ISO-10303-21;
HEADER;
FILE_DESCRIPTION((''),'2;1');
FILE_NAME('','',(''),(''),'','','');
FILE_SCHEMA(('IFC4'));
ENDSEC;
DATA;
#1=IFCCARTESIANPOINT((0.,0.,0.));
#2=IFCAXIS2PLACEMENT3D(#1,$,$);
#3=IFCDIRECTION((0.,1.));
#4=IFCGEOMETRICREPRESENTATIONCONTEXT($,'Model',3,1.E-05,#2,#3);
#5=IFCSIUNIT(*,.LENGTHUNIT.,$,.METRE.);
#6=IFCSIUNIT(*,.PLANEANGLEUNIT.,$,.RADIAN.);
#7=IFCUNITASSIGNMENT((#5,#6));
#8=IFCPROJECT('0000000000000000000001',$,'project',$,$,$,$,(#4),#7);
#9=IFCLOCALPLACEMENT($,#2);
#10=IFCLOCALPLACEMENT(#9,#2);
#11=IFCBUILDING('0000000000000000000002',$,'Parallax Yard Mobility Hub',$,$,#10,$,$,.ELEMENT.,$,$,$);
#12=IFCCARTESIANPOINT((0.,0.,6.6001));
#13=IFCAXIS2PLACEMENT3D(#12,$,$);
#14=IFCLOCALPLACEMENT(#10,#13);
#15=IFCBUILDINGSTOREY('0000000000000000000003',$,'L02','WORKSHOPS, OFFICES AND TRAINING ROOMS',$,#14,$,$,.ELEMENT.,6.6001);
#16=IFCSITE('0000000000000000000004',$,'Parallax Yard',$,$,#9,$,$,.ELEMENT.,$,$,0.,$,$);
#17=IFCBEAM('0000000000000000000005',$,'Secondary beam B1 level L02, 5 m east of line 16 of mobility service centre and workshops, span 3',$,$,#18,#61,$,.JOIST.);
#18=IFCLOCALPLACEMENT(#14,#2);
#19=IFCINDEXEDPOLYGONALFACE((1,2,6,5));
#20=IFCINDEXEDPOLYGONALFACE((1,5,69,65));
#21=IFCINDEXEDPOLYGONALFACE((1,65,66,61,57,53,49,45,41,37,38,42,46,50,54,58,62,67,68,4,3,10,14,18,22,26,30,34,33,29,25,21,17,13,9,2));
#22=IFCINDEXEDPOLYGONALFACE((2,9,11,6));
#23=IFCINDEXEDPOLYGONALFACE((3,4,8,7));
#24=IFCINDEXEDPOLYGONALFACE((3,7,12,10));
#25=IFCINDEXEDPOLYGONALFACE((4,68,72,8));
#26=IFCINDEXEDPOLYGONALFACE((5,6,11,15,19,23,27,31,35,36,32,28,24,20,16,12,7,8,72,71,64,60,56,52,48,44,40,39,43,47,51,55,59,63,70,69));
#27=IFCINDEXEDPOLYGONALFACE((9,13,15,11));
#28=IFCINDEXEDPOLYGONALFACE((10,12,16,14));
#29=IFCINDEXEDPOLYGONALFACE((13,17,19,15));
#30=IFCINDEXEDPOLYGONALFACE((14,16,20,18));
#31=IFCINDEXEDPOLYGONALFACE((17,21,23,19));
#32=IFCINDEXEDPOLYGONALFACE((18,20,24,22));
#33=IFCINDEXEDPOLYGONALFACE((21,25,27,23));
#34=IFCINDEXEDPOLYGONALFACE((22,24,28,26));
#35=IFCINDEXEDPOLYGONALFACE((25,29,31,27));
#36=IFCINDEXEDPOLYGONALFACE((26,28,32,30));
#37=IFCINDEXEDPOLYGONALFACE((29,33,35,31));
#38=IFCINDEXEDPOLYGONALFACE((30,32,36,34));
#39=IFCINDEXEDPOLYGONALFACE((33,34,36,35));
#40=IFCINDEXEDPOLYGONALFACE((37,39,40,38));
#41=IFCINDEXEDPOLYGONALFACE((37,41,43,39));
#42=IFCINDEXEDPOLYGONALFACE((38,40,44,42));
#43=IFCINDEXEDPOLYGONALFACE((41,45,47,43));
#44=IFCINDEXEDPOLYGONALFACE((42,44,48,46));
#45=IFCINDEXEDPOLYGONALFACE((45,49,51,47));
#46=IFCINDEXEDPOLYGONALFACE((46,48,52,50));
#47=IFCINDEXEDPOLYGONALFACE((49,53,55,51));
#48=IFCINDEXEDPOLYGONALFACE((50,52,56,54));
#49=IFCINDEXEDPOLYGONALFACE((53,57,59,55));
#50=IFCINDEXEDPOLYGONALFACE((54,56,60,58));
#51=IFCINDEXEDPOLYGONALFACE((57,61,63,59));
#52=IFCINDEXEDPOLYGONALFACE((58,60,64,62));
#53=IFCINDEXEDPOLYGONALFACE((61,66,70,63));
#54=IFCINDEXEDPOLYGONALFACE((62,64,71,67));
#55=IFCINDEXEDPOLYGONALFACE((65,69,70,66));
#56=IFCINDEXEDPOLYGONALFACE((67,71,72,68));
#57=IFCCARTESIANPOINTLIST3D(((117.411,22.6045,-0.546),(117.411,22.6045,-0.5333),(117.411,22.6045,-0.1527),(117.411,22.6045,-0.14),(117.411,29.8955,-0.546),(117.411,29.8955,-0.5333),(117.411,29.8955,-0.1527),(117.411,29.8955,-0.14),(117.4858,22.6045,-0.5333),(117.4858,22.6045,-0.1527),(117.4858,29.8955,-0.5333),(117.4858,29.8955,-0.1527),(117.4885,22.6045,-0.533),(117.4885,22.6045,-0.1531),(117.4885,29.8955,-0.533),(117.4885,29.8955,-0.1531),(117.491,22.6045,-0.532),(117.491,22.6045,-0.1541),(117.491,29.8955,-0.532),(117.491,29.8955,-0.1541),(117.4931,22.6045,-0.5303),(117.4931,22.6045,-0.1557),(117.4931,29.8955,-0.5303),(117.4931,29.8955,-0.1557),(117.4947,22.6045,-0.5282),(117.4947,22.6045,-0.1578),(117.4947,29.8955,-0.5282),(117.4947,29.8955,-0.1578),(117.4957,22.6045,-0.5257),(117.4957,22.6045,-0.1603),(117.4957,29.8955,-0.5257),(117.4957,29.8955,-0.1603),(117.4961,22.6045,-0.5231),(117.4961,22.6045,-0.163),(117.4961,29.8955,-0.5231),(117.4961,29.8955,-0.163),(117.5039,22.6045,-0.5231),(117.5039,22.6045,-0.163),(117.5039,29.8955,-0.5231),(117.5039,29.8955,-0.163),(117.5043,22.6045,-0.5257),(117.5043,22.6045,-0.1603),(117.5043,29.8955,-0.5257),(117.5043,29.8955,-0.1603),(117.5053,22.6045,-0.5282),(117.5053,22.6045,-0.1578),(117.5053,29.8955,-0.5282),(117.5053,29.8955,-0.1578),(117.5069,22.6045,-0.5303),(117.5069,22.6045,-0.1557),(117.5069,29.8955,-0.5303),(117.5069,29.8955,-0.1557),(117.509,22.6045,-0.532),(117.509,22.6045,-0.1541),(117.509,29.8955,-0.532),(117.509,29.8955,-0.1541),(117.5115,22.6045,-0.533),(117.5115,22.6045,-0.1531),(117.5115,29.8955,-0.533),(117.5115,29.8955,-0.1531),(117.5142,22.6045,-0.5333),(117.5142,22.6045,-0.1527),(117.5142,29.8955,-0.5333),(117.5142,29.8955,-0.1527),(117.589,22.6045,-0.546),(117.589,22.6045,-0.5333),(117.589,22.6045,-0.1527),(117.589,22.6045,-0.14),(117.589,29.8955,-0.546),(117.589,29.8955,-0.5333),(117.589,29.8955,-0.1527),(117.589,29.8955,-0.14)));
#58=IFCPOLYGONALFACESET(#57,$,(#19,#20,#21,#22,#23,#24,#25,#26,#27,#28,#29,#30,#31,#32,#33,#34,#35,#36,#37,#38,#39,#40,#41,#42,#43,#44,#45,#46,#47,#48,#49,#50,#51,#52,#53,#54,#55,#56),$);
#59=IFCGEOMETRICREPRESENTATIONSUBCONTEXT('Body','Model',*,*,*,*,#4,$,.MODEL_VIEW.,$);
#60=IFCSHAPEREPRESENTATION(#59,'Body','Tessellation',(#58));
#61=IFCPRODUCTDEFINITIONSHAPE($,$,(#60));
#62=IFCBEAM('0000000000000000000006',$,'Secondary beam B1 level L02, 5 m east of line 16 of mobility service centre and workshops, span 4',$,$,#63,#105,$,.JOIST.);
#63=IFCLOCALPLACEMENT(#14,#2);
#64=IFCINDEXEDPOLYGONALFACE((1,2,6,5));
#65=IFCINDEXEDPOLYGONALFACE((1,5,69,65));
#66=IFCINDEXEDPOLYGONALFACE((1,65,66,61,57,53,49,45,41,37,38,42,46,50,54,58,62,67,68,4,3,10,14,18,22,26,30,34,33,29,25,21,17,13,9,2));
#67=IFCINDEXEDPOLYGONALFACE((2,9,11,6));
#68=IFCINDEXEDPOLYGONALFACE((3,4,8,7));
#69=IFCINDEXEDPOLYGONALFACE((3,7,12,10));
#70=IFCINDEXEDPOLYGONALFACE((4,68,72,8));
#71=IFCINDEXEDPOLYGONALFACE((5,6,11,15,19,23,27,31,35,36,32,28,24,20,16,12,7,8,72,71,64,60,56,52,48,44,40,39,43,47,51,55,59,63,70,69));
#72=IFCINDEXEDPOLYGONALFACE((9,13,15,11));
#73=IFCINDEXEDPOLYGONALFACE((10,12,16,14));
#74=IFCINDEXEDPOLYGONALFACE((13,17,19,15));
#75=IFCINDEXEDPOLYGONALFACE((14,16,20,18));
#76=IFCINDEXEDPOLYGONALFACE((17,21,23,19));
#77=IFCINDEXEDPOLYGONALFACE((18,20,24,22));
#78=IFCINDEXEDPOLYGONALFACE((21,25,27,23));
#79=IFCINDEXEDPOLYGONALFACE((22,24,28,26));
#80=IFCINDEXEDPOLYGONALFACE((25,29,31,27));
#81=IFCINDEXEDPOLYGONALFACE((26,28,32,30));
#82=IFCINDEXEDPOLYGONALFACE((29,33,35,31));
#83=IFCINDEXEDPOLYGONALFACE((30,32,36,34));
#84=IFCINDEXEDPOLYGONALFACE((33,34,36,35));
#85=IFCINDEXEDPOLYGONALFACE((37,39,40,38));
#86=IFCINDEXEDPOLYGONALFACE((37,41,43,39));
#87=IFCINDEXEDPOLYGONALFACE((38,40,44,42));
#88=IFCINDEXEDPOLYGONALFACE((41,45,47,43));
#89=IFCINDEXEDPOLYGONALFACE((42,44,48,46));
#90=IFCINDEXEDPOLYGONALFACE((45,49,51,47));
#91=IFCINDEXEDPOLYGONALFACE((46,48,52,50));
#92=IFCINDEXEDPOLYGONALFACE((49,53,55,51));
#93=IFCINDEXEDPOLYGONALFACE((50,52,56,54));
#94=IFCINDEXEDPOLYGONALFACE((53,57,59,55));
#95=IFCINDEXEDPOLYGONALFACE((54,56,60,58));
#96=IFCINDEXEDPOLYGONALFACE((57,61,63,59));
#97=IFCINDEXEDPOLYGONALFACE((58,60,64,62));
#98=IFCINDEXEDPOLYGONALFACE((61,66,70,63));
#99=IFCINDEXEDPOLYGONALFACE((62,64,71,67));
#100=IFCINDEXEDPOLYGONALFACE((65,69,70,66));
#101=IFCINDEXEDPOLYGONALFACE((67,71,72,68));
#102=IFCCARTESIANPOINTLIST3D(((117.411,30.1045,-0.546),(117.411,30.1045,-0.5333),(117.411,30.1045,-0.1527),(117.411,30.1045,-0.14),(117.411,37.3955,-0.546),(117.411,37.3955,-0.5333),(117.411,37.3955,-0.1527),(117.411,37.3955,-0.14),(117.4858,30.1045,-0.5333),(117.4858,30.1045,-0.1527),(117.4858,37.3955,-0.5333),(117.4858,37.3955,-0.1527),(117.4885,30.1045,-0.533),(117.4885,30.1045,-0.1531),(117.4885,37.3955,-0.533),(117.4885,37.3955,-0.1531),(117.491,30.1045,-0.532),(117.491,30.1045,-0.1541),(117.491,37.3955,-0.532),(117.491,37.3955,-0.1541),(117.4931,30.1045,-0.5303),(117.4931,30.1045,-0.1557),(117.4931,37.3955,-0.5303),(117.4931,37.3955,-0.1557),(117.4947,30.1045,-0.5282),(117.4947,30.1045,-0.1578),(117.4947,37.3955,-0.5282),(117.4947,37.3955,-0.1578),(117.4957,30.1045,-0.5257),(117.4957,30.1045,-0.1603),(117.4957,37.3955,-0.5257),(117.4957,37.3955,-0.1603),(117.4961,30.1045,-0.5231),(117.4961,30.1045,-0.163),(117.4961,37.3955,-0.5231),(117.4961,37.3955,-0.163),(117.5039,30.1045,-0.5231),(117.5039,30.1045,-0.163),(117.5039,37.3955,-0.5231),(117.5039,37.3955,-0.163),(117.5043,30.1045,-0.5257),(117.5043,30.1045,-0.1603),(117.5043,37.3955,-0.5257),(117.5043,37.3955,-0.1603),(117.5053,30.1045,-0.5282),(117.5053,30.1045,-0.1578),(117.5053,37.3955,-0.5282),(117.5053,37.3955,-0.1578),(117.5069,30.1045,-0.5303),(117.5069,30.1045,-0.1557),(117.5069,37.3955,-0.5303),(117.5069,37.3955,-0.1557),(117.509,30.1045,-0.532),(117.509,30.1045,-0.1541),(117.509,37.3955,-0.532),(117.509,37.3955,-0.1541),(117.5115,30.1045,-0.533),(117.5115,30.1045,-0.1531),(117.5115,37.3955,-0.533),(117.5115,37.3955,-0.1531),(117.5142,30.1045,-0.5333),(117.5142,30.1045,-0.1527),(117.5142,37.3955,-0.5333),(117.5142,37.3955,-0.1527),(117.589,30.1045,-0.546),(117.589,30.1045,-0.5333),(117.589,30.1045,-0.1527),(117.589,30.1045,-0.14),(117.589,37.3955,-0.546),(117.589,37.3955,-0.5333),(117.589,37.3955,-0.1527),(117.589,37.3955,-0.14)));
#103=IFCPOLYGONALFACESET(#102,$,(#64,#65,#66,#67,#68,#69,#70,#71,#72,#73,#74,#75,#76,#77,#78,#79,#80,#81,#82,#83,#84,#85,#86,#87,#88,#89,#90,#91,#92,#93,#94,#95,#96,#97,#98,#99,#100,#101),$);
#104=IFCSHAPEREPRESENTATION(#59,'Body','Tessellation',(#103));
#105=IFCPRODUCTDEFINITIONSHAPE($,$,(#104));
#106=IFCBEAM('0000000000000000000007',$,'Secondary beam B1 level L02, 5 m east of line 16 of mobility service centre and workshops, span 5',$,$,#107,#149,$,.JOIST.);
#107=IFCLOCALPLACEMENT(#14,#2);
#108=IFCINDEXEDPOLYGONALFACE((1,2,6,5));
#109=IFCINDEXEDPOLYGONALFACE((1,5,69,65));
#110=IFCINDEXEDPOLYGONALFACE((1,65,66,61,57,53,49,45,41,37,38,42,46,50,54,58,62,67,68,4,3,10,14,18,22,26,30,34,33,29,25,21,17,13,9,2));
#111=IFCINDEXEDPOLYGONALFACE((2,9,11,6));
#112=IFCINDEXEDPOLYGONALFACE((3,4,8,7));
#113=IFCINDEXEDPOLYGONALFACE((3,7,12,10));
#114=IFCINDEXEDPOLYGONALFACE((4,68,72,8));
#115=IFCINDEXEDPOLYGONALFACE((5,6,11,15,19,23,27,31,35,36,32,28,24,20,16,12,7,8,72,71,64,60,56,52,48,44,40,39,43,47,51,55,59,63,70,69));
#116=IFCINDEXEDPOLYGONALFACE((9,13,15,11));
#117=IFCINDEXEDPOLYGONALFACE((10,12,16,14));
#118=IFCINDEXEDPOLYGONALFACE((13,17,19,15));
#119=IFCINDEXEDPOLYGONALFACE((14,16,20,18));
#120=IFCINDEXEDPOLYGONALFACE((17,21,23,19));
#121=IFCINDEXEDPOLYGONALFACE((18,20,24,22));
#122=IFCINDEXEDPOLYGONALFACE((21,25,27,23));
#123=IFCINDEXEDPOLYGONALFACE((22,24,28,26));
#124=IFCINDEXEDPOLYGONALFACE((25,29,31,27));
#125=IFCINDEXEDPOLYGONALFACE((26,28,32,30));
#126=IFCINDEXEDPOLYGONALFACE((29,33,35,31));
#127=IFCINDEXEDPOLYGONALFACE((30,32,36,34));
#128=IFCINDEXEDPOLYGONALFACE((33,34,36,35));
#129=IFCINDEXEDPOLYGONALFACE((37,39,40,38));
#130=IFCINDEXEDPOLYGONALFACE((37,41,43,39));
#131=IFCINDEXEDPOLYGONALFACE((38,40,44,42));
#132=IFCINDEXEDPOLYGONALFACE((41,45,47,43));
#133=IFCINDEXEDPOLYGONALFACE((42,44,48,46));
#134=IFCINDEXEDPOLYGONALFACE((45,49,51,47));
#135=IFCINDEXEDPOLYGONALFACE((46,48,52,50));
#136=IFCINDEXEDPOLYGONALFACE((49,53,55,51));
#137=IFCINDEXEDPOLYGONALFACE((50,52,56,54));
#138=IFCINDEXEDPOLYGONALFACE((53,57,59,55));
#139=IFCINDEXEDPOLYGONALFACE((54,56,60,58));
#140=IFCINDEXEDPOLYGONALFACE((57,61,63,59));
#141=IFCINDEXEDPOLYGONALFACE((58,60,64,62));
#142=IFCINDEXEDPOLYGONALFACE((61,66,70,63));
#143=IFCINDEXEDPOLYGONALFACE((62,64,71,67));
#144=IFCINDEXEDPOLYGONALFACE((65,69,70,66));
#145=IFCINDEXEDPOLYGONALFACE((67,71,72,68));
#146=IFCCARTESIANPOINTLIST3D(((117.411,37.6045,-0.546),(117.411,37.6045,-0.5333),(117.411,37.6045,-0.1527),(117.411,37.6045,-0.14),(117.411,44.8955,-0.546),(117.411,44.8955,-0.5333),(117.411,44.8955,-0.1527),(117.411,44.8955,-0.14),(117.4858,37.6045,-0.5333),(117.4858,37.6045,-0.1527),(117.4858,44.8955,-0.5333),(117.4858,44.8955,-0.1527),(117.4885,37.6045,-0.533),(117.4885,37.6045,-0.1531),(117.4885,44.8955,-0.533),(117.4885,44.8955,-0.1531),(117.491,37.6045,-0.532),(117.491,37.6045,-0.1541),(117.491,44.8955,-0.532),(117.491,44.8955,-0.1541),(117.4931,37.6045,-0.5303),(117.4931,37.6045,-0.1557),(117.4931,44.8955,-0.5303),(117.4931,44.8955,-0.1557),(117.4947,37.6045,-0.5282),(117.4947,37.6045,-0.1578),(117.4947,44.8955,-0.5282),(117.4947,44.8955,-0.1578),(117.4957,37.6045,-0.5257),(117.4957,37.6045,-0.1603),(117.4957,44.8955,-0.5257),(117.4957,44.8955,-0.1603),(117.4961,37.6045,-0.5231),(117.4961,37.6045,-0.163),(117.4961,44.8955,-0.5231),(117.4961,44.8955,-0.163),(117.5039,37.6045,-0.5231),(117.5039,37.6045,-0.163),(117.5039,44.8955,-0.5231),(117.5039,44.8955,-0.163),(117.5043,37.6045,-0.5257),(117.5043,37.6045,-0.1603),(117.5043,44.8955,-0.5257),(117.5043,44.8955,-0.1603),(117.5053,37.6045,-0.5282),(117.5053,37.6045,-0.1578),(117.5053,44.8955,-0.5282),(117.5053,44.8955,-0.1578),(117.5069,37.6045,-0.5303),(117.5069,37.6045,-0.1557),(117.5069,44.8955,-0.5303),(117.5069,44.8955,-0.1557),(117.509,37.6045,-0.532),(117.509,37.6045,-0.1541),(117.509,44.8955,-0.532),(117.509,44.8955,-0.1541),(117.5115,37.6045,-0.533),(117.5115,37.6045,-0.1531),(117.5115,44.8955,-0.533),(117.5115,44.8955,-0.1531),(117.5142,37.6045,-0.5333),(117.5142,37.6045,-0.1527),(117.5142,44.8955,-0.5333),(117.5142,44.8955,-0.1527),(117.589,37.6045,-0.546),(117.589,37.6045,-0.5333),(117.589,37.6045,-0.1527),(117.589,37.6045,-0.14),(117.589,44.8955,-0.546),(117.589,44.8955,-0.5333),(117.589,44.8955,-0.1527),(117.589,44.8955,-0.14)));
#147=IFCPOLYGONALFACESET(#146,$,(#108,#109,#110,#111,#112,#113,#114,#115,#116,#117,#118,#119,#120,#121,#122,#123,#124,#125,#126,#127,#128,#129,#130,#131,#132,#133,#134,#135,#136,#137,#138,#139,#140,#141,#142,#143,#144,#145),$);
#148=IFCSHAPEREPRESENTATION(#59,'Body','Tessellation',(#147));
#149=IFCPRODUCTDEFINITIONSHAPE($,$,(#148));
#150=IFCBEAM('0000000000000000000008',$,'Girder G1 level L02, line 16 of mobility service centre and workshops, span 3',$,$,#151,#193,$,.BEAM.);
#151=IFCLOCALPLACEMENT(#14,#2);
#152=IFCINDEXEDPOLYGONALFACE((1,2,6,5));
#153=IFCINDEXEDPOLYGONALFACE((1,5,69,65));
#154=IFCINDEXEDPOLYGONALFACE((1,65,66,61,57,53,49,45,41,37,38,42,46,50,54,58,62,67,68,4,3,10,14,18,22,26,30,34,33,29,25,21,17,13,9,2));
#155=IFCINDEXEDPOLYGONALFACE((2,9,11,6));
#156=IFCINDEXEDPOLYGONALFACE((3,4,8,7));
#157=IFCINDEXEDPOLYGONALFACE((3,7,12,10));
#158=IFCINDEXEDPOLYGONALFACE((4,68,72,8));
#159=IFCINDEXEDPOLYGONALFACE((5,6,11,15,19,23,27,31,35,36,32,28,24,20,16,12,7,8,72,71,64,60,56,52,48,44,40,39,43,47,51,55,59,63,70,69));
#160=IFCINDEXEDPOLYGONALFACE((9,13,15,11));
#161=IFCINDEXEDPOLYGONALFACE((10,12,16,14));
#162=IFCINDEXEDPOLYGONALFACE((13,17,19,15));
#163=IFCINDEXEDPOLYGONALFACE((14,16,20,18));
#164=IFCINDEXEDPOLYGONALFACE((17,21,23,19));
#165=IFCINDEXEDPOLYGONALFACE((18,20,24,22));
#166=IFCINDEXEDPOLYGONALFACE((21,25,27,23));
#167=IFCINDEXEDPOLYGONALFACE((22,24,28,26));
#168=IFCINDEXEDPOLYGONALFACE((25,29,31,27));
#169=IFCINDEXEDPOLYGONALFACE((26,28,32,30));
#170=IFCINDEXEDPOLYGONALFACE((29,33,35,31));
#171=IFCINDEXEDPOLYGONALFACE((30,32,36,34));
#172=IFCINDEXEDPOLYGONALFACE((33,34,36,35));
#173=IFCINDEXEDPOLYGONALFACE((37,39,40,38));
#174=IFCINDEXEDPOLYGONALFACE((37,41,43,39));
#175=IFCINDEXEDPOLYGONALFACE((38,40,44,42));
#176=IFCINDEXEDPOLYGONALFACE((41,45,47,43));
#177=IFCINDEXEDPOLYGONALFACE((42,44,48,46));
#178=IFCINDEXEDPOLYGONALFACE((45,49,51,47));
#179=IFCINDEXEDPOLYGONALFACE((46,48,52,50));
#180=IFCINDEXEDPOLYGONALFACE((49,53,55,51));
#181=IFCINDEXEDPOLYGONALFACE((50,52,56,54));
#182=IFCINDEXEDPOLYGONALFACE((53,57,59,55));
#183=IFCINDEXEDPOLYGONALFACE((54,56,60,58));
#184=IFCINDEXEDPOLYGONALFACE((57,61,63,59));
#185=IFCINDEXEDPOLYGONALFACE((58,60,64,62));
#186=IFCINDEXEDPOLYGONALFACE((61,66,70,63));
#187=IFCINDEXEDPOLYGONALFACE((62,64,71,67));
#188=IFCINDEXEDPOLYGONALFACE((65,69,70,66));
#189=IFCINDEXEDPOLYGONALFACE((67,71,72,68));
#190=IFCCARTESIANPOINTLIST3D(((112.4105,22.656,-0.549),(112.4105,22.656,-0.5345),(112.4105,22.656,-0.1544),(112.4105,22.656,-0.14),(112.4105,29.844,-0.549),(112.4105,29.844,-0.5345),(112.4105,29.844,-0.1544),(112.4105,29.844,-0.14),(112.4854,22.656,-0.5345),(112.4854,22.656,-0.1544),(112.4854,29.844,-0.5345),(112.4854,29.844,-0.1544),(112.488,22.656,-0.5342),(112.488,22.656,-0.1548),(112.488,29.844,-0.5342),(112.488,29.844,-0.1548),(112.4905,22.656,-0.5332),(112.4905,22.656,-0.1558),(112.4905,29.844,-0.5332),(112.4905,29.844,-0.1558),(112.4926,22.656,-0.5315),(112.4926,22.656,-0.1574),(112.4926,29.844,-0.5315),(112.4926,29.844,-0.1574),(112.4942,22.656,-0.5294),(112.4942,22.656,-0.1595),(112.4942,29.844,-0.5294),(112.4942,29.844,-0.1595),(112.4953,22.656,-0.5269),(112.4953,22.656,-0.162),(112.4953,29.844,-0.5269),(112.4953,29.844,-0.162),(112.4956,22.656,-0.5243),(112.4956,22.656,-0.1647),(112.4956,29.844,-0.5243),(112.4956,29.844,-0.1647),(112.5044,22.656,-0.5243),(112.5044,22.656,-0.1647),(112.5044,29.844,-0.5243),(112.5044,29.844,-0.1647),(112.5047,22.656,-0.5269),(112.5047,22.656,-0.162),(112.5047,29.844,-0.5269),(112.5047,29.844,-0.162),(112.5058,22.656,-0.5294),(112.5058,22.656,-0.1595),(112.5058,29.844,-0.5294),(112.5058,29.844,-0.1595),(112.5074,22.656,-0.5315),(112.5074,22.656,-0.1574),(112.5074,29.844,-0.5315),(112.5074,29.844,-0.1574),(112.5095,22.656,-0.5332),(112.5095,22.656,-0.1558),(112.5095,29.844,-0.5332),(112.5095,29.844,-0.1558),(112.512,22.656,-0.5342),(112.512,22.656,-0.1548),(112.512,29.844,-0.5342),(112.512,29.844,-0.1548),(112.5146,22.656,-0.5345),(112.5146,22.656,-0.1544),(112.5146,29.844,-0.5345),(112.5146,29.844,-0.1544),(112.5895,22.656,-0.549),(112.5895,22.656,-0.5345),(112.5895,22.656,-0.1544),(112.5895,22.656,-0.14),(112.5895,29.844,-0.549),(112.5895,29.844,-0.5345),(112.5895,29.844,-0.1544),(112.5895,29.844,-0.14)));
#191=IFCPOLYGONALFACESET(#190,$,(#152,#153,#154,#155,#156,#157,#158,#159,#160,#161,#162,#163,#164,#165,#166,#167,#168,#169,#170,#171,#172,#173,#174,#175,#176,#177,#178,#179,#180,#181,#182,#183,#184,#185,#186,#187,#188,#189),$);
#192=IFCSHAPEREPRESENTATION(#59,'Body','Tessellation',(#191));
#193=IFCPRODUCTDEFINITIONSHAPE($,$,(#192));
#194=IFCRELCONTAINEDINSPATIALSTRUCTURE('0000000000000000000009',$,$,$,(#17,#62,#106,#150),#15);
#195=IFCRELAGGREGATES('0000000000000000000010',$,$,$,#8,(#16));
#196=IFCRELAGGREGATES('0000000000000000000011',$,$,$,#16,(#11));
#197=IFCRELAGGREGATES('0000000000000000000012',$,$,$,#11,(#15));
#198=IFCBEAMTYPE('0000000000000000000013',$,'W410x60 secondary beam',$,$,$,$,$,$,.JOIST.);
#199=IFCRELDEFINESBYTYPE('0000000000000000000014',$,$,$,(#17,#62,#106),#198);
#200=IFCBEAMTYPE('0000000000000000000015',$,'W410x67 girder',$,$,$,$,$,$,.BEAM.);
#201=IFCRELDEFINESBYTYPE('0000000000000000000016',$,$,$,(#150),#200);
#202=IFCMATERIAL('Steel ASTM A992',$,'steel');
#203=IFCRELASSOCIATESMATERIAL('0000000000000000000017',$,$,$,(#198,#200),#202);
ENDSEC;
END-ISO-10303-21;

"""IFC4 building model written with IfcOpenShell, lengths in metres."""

from ifc_helpers import new_model, si_unit, direction, frame, origin, origin_2d, place, context, subcontext, project, spatial, i_section, extrude, material, material_profile, profile_set, type_object, element, save


model = new_model("IFC4")

# Units and contexts
model_context = context("Model", 3, precision=1e-05, world=origin(), true_north=direction((0.0, 1.0)))
body_context = subcontext(model_context, "Body", "Model", "MODEL_VIEW")
ifc_project = project(units=[si_unit("LENGTHUNIT", "METRE"), si_unit("PLANEANGLEUNIT", "RADIAN")], contexts=[model_context])

# Site, building, storey
site_placement = place(None, origin())
site = spatial("IfcSite", under=ifc_project, at=site_placement, Name="Parallax Yard", CompositionType="ELEMENT", RefElevation=0.0)
building_placement = place(site_placement, origin())
building = spatial("IfcBuilding", under=site, at=building_placement, Name="Parallax Yard Mobility Hub", CompositionType="ELEMENT")
storey_placement = place(building_placement, frame((0.0, 0.0, 6.6001)))
storey = spatial("IfcBuildingStorey", under=building, at=storey_placement, Name="L02", Description="WORKSHOPS, OFFICES AND TRAINING ROOMS", CompositionType="ELEMENT", Elevation=6.6001)

# Shared definitions
ifc_material_1 = material(Name="Steel ASTM A992", Category="steel")

# Beams
ifc_material_profile_1 = material_profile(ifc_material_1, i_section(OverallWidth=0.178, OverallDepth=0.406, WebThickness=0.0078, FlangeThickness=0.0127, FilletRadius=0.0103, at=origin_2d()), Name="W410x60")
ifc_profile_set_1 = profile_set([ifc_material_profile_1], Name="Steel ASTM A992")
beam_type_1 = type_object("IfcBeamType", Name="W410x60 secondary beam", PredefinedType="JOIST", material=ifc_profile_set_1)
for number, where, z_axis, x_axis, name in (
    (1, (117.5, 22.6045, -0.343), (0.0, 1.0, 0.0), (-1.0, 0.0, 0.0), "Secondary beam B1 level L02, 5 m east of line 16 of mobility service centre and workshops, span 3"),
    (2, (117.5, 30.1045, -0.343), (0.0, 1.0, 0.0), (-1.0, 0.0, 0.0), "Secondary beam B1 level L02, 5 m east of line 16 of mobility service centre and workshops, span 4"),
    (3, (117.5, 37.6045, -0.343), (0.0, 1.0, 0.0), (-1.0, 0.0, 0.0), "Secondary beam B1 level L02, 5 m east of line 16 of mobility service centre and workshops, span 5"),
):
    element("IfcBeam", number, at=place(storey_placement, frame(where, z_axis=z_axis, x_axis=x_axis)), inside=storey, type_object=beam_type_1, Name=name, PredefinedType="JOIST", context=body_context, shape_type="SweptSolid", body=[
        extrude(i_section(OverallWidth=0.178, OverallDepth=0.406, WebThickness=0.0078, FlangeThickness=0.0127, FilletRadius=0.0103, at=origin_2d()), origin(), (0.0, 0.0, 1.0), 7.291),
    ])
ifc_material_profile_2 = material_profile(ifc_material_1, i_section(OverallWidth=0.179, OverallDepth=0.4089, WebThickness=0.0088, FlangeThickness=0.0144, FilletRadius=0.0103, at=origin_2d()), Name="W410x67")
ifc_profile_set_2 = profile_set([ifc_material_profile_2], Name="Steel ASTM A992")
beam_type_2 = type_object("IfcBeamType", Name="W410x67 girder", PredefinedType="BEAM", material=ifc_profile_set_2)
beam_1_placement = place(storey_placement, frame((112.5, 22.656, -0.3445), z_axis=(0.0, 1.0, 0.0), x_axis=(-1.0, 0.0, 0.0)))
element("IfcBeam", 4, at=beam_1_placement, inside=storey, type_object=beam_type_2, Name="Girder G1 level L02, line 16 of mobility service centre and workshops, span 3", PredefinedType="BEAM", context=body_context, shape_type="SweptSolid", body=[
    extrude(i_section(OverallWidth=0.179, OverallDepth=0.4089, WebThickness=0.0088, FlangeThickness=0.0144, FilletRadius=0.0103, at=origin_2d()), origin(), (0.0, 0.0, 1.0), 7.188),
])

save(model, "model.ifc")
